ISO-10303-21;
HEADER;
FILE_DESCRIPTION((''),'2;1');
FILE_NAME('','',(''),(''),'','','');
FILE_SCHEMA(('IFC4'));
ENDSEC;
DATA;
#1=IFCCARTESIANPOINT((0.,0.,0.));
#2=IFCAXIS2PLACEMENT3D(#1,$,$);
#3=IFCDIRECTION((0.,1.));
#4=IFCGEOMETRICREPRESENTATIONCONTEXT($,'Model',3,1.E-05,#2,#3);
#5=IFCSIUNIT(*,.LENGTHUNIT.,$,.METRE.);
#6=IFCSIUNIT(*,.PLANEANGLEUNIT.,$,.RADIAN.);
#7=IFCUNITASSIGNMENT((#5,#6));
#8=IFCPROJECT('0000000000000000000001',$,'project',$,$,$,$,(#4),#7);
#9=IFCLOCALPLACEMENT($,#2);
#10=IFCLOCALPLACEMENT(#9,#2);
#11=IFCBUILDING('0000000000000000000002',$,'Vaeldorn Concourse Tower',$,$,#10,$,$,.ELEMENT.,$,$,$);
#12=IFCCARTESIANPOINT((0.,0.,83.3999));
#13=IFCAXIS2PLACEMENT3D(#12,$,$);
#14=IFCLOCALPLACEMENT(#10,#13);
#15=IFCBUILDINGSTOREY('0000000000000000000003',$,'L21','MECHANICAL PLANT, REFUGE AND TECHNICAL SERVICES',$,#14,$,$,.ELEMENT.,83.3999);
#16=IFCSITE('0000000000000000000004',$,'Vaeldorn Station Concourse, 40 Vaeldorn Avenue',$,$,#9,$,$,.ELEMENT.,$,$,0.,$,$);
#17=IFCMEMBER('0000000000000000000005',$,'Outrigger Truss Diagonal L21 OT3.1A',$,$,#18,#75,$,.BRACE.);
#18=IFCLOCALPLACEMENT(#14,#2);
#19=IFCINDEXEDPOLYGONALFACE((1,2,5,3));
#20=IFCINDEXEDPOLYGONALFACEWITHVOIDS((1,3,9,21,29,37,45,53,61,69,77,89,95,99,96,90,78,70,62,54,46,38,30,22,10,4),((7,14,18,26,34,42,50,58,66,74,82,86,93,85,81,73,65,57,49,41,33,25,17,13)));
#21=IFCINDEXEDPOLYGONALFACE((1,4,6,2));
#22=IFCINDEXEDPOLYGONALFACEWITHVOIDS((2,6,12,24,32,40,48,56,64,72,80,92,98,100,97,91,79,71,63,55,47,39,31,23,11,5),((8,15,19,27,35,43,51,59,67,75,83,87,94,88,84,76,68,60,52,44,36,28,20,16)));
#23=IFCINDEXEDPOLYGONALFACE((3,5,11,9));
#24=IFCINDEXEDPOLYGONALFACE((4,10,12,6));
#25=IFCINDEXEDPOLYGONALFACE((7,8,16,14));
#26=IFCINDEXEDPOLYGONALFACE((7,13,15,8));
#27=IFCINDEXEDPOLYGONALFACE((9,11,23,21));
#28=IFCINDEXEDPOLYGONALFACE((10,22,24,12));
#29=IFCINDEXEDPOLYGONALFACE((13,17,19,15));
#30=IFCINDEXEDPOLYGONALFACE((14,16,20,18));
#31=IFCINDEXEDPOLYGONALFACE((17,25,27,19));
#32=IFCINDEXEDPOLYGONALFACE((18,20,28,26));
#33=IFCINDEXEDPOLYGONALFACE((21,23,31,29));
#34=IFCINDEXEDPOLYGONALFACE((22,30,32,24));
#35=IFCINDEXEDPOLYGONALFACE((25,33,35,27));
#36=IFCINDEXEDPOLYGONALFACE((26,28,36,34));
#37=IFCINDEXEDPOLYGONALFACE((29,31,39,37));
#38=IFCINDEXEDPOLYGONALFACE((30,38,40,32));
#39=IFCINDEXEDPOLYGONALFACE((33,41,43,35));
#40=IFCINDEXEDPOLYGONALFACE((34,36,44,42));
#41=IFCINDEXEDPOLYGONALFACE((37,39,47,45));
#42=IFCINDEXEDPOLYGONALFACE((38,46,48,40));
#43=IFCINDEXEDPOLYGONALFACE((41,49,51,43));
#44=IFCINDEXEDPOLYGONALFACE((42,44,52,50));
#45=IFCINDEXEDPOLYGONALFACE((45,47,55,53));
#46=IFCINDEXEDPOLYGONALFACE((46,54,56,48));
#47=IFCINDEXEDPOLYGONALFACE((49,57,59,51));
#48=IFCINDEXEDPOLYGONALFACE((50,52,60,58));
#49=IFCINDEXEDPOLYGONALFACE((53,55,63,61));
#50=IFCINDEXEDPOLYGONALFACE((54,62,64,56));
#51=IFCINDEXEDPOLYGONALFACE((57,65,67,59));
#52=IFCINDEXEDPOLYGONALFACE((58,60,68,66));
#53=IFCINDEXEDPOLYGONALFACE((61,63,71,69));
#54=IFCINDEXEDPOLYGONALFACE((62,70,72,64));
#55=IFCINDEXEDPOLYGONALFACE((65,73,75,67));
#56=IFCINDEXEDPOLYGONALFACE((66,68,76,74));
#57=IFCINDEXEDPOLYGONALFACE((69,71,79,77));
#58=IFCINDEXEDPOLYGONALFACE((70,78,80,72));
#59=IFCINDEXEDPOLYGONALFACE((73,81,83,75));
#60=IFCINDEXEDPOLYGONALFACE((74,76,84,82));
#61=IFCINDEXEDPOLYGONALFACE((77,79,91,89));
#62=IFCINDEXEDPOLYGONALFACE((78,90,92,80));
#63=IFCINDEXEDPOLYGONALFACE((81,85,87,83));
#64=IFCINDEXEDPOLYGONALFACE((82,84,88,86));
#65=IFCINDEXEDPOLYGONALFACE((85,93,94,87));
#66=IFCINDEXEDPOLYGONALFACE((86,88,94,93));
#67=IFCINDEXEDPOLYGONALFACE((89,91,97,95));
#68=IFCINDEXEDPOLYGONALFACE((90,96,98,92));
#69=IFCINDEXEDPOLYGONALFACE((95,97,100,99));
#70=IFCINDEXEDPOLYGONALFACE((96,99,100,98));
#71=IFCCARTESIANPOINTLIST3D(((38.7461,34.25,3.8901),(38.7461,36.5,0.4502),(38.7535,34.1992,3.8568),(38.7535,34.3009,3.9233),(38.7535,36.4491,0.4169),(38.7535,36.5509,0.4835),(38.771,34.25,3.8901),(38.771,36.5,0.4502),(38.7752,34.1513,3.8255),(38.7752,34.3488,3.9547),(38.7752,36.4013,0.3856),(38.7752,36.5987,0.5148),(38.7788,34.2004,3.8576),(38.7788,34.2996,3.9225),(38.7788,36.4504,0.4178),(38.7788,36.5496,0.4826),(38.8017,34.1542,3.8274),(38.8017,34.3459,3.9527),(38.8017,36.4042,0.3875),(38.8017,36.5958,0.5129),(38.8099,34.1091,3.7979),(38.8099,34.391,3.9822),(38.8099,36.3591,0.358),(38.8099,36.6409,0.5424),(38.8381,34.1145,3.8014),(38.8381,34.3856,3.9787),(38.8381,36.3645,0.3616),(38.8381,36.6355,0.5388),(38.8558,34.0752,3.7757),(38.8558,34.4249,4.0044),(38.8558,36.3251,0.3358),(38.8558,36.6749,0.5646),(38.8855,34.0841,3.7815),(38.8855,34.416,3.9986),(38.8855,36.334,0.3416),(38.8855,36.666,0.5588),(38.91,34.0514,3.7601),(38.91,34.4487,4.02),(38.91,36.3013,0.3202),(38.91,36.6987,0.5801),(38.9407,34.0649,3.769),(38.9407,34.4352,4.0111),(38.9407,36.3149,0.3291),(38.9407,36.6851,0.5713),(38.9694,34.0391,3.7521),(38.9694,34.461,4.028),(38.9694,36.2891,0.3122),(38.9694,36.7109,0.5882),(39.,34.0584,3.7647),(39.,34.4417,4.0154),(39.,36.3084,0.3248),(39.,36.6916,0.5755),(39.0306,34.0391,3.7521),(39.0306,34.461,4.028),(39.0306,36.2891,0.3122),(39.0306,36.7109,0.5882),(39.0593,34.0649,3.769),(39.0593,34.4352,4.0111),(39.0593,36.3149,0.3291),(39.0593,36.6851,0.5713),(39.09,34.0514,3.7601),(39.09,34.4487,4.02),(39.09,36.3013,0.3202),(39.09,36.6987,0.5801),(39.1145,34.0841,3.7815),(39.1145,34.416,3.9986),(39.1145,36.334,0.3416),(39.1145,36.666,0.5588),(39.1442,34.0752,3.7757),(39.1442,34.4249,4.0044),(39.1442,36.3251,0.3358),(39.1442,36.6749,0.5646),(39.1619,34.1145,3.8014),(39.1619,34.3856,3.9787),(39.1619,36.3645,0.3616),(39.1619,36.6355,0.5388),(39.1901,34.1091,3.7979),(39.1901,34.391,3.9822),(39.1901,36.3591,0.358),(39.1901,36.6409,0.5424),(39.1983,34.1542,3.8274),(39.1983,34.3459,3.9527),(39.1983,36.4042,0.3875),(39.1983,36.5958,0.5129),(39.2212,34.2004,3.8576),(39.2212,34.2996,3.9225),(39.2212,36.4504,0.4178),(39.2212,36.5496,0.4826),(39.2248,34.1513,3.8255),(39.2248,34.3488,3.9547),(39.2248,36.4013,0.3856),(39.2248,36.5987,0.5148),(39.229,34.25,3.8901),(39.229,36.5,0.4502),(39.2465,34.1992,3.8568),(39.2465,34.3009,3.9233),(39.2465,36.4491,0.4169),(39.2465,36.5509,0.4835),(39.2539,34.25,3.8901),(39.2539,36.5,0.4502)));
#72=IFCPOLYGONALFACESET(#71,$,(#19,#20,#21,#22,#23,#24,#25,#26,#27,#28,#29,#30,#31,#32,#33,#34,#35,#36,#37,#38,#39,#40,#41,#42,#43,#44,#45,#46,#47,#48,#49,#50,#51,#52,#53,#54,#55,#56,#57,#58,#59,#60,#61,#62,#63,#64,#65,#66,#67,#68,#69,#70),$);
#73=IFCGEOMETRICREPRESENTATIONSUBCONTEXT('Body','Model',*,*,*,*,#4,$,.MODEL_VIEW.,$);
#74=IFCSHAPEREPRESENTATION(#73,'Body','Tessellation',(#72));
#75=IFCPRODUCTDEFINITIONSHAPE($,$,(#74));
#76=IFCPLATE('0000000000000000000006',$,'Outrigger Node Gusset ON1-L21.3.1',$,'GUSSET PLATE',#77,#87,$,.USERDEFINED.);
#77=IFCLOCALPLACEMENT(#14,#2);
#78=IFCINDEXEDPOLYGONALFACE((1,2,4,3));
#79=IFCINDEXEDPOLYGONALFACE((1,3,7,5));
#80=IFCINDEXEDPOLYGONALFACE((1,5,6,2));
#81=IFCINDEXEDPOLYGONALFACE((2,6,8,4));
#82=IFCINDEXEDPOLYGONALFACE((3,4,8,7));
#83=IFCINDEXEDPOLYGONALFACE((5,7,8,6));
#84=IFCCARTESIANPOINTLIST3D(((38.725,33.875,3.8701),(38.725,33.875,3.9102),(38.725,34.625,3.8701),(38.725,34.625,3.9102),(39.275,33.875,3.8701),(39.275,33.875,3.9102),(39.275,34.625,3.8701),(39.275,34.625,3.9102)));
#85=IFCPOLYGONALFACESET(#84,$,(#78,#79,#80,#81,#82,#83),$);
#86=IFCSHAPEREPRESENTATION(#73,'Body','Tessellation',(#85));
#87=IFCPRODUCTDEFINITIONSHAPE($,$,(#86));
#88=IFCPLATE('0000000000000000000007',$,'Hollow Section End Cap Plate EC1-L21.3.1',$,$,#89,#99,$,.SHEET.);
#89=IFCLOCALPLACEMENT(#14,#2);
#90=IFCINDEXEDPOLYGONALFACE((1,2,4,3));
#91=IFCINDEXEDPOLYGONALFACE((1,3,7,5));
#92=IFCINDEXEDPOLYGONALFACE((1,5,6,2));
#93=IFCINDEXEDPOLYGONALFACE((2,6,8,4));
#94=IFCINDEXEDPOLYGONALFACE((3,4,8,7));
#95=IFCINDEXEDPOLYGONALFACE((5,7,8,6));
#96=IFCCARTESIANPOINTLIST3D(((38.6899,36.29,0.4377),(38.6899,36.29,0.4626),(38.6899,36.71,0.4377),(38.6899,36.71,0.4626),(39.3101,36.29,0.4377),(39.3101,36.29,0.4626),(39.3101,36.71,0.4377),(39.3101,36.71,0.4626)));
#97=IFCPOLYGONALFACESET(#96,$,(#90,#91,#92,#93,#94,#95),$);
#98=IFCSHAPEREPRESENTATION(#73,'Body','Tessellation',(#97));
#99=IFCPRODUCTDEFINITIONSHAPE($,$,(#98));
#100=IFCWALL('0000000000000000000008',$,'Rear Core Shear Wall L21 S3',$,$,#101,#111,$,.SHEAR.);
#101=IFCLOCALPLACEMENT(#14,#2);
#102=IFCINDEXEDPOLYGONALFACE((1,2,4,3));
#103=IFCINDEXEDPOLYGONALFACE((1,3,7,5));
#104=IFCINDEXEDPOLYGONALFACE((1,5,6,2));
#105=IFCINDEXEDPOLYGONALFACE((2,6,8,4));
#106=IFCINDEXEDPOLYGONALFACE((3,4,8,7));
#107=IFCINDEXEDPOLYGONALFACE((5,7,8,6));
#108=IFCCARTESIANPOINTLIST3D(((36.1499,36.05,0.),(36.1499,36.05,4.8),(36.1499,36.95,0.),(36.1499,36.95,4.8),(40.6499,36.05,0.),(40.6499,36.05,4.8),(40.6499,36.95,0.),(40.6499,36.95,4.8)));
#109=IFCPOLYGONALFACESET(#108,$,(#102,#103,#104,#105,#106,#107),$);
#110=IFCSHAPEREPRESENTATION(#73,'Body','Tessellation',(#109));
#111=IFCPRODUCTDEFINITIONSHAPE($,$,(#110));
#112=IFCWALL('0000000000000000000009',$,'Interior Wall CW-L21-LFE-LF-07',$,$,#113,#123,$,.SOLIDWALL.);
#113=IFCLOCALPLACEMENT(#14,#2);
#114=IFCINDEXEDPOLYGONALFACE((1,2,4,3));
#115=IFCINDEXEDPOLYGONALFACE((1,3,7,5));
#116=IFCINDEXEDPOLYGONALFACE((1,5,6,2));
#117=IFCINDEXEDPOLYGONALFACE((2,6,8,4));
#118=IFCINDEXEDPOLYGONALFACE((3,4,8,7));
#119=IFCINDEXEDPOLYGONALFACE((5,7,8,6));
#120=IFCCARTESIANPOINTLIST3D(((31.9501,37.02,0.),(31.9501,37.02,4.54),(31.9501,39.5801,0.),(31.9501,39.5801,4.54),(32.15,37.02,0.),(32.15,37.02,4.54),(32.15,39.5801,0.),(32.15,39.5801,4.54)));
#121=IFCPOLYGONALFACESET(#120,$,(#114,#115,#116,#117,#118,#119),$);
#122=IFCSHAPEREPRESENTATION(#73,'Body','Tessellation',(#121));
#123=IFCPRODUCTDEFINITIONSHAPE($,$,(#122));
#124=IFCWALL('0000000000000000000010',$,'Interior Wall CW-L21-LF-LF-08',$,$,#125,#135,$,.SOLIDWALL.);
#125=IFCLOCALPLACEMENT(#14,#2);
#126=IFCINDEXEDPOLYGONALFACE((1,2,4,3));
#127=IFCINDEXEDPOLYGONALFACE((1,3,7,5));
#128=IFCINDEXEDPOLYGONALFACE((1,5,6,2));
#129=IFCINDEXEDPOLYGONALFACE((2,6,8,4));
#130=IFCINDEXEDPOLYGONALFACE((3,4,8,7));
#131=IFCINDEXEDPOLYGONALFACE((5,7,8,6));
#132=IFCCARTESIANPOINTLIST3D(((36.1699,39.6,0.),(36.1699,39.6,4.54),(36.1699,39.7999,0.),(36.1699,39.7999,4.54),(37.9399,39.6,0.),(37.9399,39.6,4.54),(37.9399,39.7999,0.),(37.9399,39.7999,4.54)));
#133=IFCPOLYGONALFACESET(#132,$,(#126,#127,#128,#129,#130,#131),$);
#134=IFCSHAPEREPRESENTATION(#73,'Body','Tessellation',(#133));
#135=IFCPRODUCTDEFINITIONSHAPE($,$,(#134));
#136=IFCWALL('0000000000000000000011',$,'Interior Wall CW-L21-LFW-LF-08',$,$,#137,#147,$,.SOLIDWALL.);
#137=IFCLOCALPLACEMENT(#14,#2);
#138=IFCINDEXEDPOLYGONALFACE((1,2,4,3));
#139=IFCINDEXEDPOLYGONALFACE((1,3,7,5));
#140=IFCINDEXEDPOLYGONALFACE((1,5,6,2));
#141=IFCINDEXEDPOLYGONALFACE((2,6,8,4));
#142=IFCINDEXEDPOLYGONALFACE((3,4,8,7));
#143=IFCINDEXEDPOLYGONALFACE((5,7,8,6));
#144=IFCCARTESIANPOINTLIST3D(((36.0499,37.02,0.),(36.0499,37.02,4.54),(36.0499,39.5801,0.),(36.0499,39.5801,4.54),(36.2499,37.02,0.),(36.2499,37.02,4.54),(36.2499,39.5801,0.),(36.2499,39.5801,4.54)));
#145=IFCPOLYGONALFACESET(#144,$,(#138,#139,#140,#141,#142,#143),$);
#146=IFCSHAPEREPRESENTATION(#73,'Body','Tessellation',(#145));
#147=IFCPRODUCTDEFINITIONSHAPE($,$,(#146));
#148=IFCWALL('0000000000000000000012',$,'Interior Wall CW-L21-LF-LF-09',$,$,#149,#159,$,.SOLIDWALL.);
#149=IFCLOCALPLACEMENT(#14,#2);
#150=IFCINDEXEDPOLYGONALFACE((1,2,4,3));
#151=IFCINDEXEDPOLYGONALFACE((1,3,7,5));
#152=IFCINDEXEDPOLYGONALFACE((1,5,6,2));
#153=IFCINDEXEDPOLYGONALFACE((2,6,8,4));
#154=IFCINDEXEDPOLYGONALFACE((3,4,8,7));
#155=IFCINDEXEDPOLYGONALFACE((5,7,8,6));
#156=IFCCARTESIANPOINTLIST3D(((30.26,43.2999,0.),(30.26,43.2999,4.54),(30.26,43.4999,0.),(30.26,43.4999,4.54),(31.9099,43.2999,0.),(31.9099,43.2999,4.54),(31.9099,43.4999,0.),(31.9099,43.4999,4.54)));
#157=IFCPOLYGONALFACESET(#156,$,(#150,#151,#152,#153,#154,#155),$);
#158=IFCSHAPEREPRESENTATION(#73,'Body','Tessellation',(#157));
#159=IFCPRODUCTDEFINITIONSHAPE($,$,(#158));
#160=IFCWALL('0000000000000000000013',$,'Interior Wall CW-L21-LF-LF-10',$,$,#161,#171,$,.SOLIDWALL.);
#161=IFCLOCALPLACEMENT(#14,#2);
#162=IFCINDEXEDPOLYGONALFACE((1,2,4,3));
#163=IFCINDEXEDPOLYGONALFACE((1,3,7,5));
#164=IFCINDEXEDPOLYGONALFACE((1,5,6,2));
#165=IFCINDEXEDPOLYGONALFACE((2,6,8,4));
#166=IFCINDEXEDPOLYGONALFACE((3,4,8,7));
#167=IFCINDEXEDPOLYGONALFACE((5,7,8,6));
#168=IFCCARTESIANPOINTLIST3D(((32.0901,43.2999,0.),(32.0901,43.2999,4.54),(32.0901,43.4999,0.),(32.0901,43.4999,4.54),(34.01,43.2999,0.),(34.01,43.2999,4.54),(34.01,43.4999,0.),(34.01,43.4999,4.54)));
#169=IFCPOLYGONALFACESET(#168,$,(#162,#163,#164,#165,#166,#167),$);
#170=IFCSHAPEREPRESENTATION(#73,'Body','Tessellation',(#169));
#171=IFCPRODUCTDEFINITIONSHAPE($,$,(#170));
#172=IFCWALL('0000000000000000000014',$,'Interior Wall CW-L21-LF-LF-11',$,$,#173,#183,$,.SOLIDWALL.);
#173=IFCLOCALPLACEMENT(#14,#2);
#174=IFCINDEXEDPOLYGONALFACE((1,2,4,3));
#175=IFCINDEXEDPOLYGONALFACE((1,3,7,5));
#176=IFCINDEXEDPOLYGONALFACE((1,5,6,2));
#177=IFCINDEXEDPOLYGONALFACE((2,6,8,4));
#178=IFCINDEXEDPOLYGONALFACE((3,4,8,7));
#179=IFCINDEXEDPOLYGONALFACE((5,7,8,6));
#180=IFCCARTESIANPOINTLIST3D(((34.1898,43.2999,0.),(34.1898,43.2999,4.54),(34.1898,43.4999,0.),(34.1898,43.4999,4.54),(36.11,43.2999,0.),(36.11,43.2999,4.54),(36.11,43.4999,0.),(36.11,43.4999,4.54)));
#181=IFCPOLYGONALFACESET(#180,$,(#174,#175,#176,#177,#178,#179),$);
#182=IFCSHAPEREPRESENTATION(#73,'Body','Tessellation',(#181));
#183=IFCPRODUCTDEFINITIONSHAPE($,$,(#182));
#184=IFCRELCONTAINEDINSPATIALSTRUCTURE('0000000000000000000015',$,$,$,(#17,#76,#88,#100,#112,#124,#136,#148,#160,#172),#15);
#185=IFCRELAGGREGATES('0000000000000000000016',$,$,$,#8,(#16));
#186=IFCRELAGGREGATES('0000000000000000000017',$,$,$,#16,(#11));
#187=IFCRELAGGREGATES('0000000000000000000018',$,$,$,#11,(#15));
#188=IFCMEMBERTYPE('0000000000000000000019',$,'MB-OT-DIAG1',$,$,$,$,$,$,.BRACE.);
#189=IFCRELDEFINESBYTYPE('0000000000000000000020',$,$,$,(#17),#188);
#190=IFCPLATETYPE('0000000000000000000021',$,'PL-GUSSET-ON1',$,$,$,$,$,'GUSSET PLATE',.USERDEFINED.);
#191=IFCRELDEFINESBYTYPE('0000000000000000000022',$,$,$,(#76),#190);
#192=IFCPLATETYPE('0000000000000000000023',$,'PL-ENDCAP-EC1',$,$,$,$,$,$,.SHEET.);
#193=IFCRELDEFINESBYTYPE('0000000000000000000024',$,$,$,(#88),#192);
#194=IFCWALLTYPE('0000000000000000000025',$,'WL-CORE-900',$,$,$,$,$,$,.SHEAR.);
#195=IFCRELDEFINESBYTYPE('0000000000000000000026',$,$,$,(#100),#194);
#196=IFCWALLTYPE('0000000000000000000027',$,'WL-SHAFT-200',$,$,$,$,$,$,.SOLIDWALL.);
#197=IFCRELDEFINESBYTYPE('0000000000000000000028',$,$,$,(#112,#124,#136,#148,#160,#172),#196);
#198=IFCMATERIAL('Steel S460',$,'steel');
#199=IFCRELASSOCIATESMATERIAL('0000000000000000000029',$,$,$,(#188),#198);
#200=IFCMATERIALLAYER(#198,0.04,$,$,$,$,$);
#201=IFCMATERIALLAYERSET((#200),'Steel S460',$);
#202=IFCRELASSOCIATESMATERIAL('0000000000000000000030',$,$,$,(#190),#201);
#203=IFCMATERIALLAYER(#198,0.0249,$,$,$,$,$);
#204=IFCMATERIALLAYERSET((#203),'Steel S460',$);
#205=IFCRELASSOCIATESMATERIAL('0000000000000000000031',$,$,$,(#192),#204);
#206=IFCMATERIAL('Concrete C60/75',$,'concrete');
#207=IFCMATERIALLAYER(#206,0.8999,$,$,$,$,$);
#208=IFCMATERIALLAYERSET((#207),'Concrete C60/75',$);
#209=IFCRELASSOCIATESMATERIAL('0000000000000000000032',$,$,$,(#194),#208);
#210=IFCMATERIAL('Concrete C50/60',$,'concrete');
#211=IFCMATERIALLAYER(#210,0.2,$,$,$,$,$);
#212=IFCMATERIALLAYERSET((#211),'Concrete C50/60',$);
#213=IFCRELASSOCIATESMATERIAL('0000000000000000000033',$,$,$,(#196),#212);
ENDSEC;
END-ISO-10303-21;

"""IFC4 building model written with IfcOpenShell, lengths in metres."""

from ifc_helpers import new_model, si_unit, direction, frame, frame_2d, origin, origin_2d, place, context, subcontext, project, spatial, rectangle, hollow_circle, extrude, source, transform, mapped, material, layer, layer_set, material_profile, profile_set, type_object, element, save


model = new_model("IFC4")

# Units and contexts
model_context = context("Model", 3, precision=1e-05, world=origin(), true_north=direction((0.0, 1.0)))
body_context = subcontext(model_context, "Body", "Model", "MODEL_VIEW")
ifc_project = project(units=[si_unit("LENGTHUNIT", "METRE"), si_unit("PLANEANGLEUNIT", "RADIAN")], contexts=[model_context])

# Site, building, storey
site_placement = place(None, origin())
site = spatial("IfcSite", under=ifc_project, at=site_placement, Name="Vaeldorn Station Concourse, 40 Vaeldorn Avenue", CompositionType="ELEMENT", RefElevation=0.0)
building_placement = place(site_placement, origin())
building = spatial("IfcBuilding", under=site, at=building_placement, Name="Vaeldorn Concourse Tower", CompositionType="ELEMENT")
storey_placement = place(building_placement, frame((0.0, 0.0, 83.3999)))
storey = spatial("IfcBuildingStorey", under=building, at=storey_placement, Name="L21", Description="MECHANICAL PLANT, REFUGE AND TECHNICAL SERVICES", CompositionType="ELEMENT", Elevation=83.3999)

# Shared definitions
ifc_material_1 = material(Name="Steel S460", Category="steel")

# Member
ifc_material_profile_1 = material_profile(ifc_material_1, hollow_circle(Radius=0.2539, WallThickness=0.0249, at=origin_2d()), Name="CHS 508x25")
ifc_profile_set_1 = profile_set([ifc_material_profile_1], Name="Steel S460")
member_type_1 = type_object("IfcMemberType", Name="MB-OT-DIAG1", PredefinedType="BRACE", material=ifc_profile_set_1)
shared_shape_1 = source(origin(), body_context, "Body", "SweptSolid", [
    extrude(hollow_circle(Radius=0.2539, WallThickness=0.0249, at=origin_2d()), origin(), (0.0, 0.0, 1.0), 4.1104),
])
member_1_placement = place(storey_placement, frame((39.0, 36.5, 0.4502), z_axis=(0.0, -0.547387, 0.83688), x_axis=(1.0, 0.0, 0.0)))
element("IfcMember", 1, at=member_1_placement, inside=storey, type_object=member_type_1, Name="Outrigger Truss Diagonal L21 OT3.1A", PredefinedType="BRACE", context=body_context, shape_type="MappedRepresentation", body=[
    mapped(shared_shape_1, transform((0.0, 0.0, 0.0), scale=1.0)),
])

# Plates
ifc_layer_1 = layer(ifc_material_1, 0.04)
ifc_layer_set_1 = layer_set([ifc_layer_1], Name="Steel S460")
plate_type_1 = type_object("IfcPlateType", Name="PL-GUSSET-ON1", ElementType="GUSSET PLATE", PredefinedType="USERDEFINED", material=ifc_layer_set_1)
shared_shape_2 = source(origin(), body_context, "Body", "SweptSolid", [
    extrude(rectangle(XDim=0.75, YDim=0.55, at=origin_2d()), origin(), (0.0, 0.0, 1.0), 0.04),
])
plate_1_placement = place(storey_placement, frame((39.0, 34.25, 3.8701), z_axis=(0.0, 0.0, 1.0), x_axis=(0.0, 1.0, 0.0)))
element("IfcPlate", 2, at=plate_1_placement, inside=storey, type_object=plate_type_1, Name="Outrigger Node Gusset ON1-L21.3.1", ObjectType="GUSSET PLATE", PredefinedType="USERDEFINED", context=body_context, shape_type="MappedRepresentation", body=[
    mapped(shared_shape_2, transform((0.0, 0.0, 0.0), scale=1.0)),
])
ifc_layer_2 = layer(ifc_material_1, 0.0249)
ifc_layer_set_2 = layer_set([ifc_layer_2], Name="Steel S460")
plate_type_2 = type_object("IfcPlateType", Name="PL-ENDCAP-EC1", PredefinedType="SHEET", material=ifc_layer_set_2)
shared_shape_3 = source(origin(), body_context, "Body", "SweptSolid", [
    extrude(rectangle(XDim=0.6201, YDim=0.4199, at=origin_2d()), origin(), (0.0, 0.0, 1.0), 0.0249),
])
plate_2_placement = place(storey_placement, frame((39.0, 36.5, 0.4377), z_axis=(0.0, 0.0, 1.0), x_axis=(1.0, 0.0, 0.0)))
element("IfcPlate", 3, at=plate_2_placement, inside=storey, type_object=plate_type_2, Name="Hollow Section End Cap Plate EC1-L21.3.1", PredefinedType="SHEET", context=body_context, shape_type="MappedRepresentation", body=[
    mapped(shared_shape_3, transform((0.0, 0.0, 0.0), scale=1.0)),
])

# Wall
ifc_material_2 = material(Name="Concrete C60/75", Category="concrete")
ifc_layer_3 = layer(ifc_material_2, 0.8999)
ifc_layer_set_3 = layer_set([ifc_layer_3], Name="Concrete C60/75")
wall_type_1 = type_object("IfcWallType", Name="WL-CORE-900", PredefinedType="SHEAR", material=ifc_layer_set_3)
wall_1_placement = place(storey_placement, frame((36.1499, 36.5, 0.0), z_axis=(0.0, 0.0, 1.0), x_axis=(1.0, 0.0, 0.0)))
element("IfcWall", 4, at=wall_1_placement, inside=storey, type_object=wall_type_1, Name="Rear Core Shear Wall L21 S3", PredefinedType="SHEAR", context=body_context, shape_type="SweptSolid", body=[
    extrude(rectangle(XDim=4.5, YDim=0.8999, at=frame_2d((2.25, 0.0))), origin(), (0.0, 0.0, 1.0), 4.8),
])

# Walls
ifc_material_3 = material(Name="Concrete C50/60", Category="concrete")
ifc_layer_4 = layer(ifc_material_3, 0.2)
ifc_layer_set_4 = layer_set([ifc_layer_4], Name="Concrete C50/60")
wall_type_2 = type_object("IfcWallType", Name="WL-SHAFT-200", PredefinedType="SOLIDWALL", material=ifc_layer_set_4)
wall_2_placement = place(storey_placement, frame((32.05, 37.02, 0.0), z_axis=(0.0, 0.0, 1.0), x_axis=(0.0, 1.0, 0.0)))
element("IfcWall", 5, at=wall_2_placement, inside=storey, type_object=wall_type_2, Name="Interior Wall CW-L21-LFE-LF-07", PredefinedType="SOLIDWALL", context=body_context, shape_type="SweptSolid", body=[
    extrude(rectangle(XDim=2.5601, YDim=0.2, at=frame_2d((1.28, 0.0))), origin(), (0.0, 0.0, 1.0), 4.54),
])
wall_3_placement = place(storey_placement, frame((36.1699, 39.7, 0.0), z_axis=(0.0, 0.0, 1.0), x_axis=(1.0, 0.0, 0.0)))
element("IfcWall", 6, at=wall_3_placement, inside=storey, type_object=wall_type_2, Name="Interior Wall CW-L21-LF-LF-08", PredefinedType="SOLIDWALL", context=body_context, shape_type="SweptSolid", body=[
    extrude(rectangle(XDim=1.77, YDim=0.2, at=frame_2d((0.885, 0.0))), origin(), (0.0, 0.0, 1.0), 4.54),
])
wall_4_placement = place(storey_placement, frame((36.1499, 37.02, 0.0), z_axis=(0.0, 0.0, 1.0), x_axis=(0.0, 1.0, 0.0)))
element("IfcWall", 7, at=wall_4_placement, inside=storey, type_object=wall_type_2, Name="Interior Wall CW-L21-LFW-LF-08", PredefinedType="SOLIDWALL", context=body_context, shape_type="SweptSolid", body=[
    extrude(rectangle(XDim=2.5601, YDim=0.2, at=frame_2d((1.28, 0.0))), origin(), (0.0, 0.0, 1.0), 4.54),
])
wall_5_placement = place(storey_placement, frame((30.26, 43.3999, 0.0), z_axis=(0.0, 0.0, 1.0), x_axis=(1.0, 0.0, 0.0)))
element("IfcWall", 8, at=wall_5_placement, inside=storey, type_object=wall_type_2, Name="Interior Wall CW-L21-LF-LF-09", PredefinedType="SOLIDWALL", context=body_context, shape_type="SweptSolid", body=[
    extrude(rectangle(XDim=1.6499, YDim=0.2, at=frame_2d((0.825, 0.0))), origin(), (0.0, 0.0, 1.0), 4.54),
])
wall_6_placement = place(storey_placement, frame((32.0901, 43.3999, 0.0), z_axis=(0.0, 0.0, 1.0), x_axis=(1.0, 0.0, 0.0)))
element("IfcWall", 9, at=wall_6_placement, inside=storey, type_object=wall_type_2, Name="Interior Wall CW-L21-LF-LF-10", PredefinedType="SOLIDWALL", context=body_context, shape_type="SweptSolid", body=[
    extrude(rectangle(XDim=1.9199, YDim=0.2, at=frame_2d((0.96, 0.0))), origin(), (0.0, 0.0, 1.0), 4.54),
])
wall_7_placement = place(storey_placement, frame((34.1899, 43.3999, 0.0), z_axis=(0.0, 0.0, 1.0), x_axis=(1.0, 0.0, 0.0)))
element("IfcWall", 10, at=wall_7_placement, inside=storey, type_object=wall_type_2, Name="Interior Wall CW-L21-LF-LF-11", PredefinedType="SOLIDWALL", context=body_context, shape_type="SweptSolid", body=[
    extrude(rectangle(XDim=1.9202, YDim=0.2, at=frame_2d((0.96, 0.0))), origin(), (0.0, 0.0, 1.0), 4.54),
])

save(model, "model.ifc")
